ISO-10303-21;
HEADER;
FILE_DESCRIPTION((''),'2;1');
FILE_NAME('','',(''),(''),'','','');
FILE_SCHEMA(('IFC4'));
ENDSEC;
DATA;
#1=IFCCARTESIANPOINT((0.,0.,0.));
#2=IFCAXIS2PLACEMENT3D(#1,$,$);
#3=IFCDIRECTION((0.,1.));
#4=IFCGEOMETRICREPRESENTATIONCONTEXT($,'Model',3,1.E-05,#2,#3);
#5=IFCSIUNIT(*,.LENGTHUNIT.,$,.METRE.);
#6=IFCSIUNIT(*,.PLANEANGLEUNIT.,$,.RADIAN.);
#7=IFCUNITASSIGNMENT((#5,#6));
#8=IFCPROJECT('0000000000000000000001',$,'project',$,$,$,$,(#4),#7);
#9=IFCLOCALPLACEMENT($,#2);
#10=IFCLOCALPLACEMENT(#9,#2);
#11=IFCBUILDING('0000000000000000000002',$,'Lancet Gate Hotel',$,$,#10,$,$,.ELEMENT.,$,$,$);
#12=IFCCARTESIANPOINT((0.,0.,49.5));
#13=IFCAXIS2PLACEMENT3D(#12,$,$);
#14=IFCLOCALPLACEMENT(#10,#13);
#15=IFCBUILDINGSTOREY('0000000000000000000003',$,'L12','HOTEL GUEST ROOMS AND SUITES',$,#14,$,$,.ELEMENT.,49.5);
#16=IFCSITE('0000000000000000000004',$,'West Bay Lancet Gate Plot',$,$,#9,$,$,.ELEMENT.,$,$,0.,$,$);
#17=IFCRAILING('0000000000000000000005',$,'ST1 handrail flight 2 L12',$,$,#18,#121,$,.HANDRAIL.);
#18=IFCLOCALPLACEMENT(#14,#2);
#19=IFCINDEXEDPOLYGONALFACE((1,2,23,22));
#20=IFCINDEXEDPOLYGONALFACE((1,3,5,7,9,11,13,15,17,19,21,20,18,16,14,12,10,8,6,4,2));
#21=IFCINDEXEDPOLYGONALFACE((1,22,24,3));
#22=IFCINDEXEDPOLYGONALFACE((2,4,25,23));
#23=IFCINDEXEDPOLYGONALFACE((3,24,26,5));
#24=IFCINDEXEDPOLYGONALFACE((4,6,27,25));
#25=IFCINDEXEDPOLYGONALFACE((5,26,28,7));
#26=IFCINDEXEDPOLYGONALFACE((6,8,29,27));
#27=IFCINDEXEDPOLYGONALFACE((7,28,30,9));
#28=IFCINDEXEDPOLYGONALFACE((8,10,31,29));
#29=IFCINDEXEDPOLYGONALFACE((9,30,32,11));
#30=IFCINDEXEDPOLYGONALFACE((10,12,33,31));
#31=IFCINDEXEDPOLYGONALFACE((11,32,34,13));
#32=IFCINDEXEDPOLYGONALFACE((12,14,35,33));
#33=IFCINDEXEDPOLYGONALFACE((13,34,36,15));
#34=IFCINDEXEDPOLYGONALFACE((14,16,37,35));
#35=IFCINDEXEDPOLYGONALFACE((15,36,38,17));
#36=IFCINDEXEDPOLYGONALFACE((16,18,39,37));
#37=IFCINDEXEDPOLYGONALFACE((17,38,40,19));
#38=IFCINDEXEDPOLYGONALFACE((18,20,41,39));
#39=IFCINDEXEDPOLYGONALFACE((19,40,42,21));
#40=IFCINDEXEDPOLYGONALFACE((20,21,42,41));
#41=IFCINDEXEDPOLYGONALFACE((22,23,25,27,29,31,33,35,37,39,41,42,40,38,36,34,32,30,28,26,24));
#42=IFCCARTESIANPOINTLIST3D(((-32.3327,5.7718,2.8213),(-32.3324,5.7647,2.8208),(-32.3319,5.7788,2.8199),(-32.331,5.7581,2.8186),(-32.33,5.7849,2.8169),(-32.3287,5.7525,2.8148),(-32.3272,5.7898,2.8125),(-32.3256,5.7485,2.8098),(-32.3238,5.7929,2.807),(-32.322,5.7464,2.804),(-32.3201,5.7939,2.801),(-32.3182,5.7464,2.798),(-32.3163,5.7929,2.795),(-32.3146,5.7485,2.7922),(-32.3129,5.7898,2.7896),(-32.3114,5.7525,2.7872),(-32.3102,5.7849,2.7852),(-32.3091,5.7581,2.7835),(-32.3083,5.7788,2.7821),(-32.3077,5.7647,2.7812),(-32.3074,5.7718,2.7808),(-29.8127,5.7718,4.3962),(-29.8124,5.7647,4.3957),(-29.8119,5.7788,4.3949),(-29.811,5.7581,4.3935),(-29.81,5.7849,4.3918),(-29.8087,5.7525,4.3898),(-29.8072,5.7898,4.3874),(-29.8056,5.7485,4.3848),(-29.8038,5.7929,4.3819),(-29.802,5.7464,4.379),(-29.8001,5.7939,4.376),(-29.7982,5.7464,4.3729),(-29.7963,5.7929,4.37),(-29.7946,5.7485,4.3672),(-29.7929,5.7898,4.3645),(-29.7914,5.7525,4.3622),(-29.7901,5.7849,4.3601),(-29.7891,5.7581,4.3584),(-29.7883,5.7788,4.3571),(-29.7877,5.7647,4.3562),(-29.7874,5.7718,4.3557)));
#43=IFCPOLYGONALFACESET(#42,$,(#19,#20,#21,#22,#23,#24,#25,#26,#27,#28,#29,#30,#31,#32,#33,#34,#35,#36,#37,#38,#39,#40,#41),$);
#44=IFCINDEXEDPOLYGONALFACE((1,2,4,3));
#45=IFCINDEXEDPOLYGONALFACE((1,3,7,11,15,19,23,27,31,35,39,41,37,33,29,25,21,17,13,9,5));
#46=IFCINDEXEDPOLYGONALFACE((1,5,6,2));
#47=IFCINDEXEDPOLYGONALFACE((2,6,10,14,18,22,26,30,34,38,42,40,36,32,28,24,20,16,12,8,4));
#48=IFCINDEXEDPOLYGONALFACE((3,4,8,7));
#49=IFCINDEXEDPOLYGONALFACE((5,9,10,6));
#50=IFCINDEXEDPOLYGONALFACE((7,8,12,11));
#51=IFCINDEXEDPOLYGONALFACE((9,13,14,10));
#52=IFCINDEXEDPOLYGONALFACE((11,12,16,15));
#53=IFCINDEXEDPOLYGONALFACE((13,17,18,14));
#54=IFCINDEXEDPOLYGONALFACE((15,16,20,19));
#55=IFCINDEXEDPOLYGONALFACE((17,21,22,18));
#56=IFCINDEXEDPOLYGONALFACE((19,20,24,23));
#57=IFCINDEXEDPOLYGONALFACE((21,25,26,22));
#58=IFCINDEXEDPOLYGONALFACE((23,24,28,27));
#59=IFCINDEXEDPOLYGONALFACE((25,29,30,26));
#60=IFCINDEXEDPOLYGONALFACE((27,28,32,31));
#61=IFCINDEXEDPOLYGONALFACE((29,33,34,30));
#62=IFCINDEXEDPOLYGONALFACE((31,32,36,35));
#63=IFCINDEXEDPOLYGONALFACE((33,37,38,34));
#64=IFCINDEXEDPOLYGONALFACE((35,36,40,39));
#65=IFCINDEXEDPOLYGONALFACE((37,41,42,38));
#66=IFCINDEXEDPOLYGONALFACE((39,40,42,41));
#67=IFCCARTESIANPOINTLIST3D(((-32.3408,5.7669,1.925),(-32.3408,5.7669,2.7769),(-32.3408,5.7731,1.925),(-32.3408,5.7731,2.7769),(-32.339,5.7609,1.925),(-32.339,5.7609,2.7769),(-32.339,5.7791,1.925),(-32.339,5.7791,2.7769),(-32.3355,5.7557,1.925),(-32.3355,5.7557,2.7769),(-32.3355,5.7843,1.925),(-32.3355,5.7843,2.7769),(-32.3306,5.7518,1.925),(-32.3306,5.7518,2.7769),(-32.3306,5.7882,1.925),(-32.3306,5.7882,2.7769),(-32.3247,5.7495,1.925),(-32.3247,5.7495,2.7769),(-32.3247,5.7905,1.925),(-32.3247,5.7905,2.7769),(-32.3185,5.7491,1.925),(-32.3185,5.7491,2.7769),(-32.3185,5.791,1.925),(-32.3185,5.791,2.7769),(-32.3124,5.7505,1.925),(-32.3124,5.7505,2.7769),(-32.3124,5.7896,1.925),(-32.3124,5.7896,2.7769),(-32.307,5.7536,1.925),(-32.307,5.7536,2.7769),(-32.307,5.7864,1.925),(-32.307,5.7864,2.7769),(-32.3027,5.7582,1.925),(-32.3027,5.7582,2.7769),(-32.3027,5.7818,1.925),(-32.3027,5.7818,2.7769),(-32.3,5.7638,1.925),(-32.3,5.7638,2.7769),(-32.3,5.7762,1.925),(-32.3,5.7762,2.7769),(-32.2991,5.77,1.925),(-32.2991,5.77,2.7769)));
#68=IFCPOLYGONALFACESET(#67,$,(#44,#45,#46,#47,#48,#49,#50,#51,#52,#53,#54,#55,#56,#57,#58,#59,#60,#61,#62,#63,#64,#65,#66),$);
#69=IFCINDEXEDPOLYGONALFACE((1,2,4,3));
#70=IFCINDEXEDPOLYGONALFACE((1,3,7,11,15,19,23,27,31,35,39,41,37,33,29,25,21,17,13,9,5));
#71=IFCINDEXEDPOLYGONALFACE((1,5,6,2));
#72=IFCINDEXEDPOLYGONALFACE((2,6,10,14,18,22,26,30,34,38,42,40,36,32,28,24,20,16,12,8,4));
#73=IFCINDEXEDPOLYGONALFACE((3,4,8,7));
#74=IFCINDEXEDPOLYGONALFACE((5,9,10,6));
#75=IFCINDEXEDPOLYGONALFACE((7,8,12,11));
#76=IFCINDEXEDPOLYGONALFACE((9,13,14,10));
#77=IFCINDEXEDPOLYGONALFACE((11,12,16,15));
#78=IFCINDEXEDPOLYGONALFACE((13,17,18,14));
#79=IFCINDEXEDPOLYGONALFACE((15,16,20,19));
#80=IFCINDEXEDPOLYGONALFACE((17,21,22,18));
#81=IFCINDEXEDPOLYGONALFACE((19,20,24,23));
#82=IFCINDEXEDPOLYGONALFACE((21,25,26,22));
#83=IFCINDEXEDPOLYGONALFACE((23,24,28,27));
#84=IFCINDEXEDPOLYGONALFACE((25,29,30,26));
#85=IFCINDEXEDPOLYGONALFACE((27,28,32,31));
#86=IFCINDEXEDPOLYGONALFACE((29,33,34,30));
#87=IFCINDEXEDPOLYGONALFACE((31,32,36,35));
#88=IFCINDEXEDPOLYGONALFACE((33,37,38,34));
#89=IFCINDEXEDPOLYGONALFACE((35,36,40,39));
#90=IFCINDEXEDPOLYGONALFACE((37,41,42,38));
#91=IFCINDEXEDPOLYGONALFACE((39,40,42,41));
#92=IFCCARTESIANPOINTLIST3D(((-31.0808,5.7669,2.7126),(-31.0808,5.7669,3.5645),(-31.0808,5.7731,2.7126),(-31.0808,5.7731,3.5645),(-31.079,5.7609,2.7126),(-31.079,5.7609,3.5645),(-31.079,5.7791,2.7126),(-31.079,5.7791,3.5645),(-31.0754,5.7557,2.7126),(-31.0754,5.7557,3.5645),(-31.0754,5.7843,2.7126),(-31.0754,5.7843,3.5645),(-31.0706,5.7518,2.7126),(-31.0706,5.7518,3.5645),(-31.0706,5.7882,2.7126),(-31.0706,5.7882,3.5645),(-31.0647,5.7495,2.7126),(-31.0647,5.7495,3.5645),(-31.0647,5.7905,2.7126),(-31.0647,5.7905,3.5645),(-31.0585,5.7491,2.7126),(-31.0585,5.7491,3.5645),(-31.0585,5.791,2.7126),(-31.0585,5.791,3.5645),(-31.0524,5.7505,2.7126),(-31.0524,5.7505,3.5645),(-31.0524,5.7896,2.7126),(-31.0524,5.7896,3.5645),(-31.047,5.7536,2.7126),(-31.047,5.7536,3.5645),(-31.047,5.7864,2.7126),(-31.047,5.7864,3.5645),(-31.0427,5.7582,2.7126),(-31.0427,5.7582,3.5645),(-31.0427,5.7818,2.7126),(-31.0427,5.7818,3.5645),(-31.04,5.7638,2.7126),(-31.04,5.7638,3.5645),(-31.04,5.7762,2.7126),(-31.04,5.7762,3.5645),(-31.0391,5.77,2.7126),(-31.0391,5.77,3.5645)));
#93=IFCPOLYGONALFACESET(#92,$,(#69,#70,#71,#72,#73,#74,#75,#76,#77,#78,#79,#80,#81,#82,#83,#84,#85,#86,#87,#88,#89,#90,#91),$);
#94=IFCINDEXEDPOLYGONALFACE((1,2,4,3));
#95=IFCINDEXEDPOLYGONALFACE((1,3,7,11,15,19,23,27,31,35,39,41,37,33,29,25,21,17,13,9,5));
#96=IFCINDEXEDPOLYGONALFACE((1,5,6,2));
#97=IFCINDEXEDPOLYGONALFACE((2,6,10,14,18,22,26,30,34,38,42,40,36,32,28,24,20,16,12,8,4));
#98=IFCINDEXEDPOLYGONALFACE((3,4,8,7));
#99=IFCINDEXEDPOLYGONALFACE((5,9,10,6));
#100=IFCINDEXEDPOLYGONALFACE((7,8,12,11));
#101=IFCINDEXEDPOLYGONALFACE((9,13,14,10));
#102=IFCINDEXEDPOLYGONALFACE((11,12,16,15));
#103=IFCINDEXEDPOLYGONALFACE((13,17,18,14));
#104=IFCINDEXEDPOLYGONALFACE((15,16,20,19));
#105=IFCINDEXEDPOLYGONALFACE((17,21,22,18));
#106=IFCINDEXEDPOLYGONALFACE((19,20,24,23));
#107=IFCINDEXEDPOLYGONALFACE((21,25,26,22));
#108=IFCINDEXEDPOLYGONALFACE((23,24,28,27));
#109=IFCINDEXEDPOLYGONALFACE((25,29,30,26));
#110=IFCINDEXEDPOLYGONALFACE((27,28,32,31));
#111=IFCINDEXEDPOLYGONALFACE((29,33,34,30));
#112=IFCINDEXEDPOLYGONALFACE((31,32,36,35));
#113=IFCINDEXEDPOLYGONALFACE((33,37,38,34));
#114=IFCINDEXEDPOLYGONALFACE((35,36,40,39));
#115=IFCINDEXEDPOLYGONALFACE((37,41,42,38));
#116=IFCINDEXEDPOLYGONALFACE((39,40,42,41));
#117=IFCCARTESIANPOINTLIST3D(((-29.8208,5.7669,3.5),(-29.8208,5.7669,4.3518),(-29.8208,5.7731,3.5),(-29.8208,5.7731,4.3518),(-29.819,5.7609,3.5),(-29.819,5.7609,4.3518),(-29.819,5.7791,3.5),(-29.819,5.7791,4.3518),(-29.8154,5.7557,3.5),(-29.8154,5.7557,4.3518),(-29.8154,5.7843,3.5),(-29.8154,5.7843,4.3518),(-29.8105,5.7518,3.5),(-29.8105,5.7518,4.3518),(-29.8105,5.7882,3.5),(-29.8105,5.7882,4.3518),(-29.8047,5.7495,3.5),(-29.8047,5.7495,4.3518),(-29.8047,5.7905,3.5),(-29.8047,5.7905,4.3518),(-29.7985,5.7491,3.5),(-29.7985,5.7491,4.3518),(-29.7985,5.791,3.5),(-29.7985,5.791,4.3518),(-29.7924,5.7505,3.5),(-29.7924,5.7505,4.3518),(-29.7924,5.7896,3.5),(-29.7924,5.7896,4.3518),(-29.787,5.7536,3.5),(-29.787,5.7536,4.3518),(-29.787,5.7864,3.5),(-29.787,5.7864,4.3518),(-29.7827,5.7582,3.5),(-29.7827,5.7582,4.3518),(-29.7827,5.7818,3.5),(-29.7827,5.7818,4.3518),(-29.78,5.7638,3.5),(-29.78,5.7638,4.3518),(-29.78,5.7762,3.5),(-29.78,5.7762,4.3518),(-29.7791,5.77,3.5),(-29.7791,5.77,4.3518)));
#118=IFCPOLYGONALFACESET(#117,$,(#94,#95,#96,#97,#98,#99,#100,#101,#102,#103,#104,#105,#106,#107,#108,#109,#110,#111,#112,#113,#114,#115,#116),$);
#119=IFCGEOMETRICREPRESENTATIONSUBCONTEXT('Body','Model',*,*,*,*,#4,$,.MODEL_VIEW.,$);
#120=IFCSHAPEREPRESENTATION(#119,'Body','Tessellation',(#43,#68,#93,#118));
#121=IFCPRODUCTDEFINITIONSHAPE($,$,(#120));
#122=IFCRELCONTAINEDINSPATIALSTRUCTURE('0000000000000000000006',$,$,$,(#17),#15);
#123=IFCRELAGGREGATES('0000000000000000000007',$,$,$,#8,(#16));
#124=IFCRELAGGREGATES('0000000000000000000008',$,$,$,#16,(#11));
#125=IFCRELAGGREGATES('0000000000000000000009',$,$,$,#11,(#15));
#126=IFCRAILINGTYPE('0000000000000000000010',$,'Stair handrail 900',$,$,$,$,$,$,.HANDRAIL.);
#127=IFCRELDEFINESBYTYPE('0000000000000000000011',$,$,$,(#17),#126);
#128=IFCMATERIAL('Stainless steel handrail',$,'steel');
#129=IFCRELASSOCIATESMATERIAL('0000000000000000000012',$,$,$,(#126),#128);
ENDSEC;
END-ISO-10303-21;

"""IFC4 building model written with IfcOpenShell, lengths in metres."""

from ifc_helpers import new_model, si_unit, direction, frame, origin, origin_2d, place, context, subcontext, project, spatial, circle, extrude, material, type_object, element, save


model = new_model("IFC4")

# Units and contexts
model_context = context("Model", 3, precision=1e-05, world=origin(), true_north=direction((0.0, 1.0)))
body_context = subcontext(model_context, "Body", "Model", "MODEL_VIEW")
ifc_project = project(units=[si_unit("LENGTHUNIT", "METRE"), si_unit("PLANEANGLEUNIT", "RADIAN")], contexts=[model_context])

# Site, building, storey
site_placement = place(None, origin())
site = spatial("IfcSite", under=ifc_project, at=site_placement, Name="West Bay Lancet Gate Plot", CompositionType="ELEMENT", RefElevation=0.0)
building_placement = place(site_placement, origin())
building = spatial("IfcBuilding", under=site, at=building_placement, Name="Lancet Gate Hotel", CompositionType="ELEMENT")
storey_placement = place(building_placement, frame((0.0, 0.0, 49.5)))
storey = spatial("IfcBuildingStorey", under=building, at=storey_placement, Name="L12", Description="HOTEL GUEST ROOMS AND SUITES", CompositionType="ELEMENT", Elevation=49.5)

# Railing
ifc_material_1 = material(Name="Stainless steel handrail", Category="steel")
railing_type = type_object("IfcRailingType", Name="Stair handrail 900", PredefinedType="HANDRAIL", material=ifc_material_1)
railing_1_placement = place(storey_placement, frame((-32.3201, 5.77, 1.925)))
element("IfcRailing", 1, at=railing_1_placement, inside=storey, type_object=railing_type, Name="ST1 handrail flight 2 L12", PredefinedType="HANDRAIL", context=body_context, shape_type="SweptSolid", body=[
    extrude(circle(Radius=0.0239, at=origin_2d()), frame((0.0, 0.0, 0.876), z_axis=(0.848008, 0.0, 0.529984), x_axis=(0.0, 1.0, 0.0)), (0.0, 0.0, 1.0), 2.9717),
    extrude(circle(Radius=0.021, at=origin_2d()), origin(), (0.0, 0.0, 1.0), 0.8518),
    extrude(circle(Radius=0.021, at=origin_2d()), frame((1.26, 0.0, 0.7876)), (0.0, 0.0, 1.0), 0.8518),
    extrude(circle(Radius=0.021, at=origin_2d()), frame((2.52, 0.0, 1.575)), (0.0, 0.0, 1.0), 0.8518),
])

save(model, "model.ifc")
